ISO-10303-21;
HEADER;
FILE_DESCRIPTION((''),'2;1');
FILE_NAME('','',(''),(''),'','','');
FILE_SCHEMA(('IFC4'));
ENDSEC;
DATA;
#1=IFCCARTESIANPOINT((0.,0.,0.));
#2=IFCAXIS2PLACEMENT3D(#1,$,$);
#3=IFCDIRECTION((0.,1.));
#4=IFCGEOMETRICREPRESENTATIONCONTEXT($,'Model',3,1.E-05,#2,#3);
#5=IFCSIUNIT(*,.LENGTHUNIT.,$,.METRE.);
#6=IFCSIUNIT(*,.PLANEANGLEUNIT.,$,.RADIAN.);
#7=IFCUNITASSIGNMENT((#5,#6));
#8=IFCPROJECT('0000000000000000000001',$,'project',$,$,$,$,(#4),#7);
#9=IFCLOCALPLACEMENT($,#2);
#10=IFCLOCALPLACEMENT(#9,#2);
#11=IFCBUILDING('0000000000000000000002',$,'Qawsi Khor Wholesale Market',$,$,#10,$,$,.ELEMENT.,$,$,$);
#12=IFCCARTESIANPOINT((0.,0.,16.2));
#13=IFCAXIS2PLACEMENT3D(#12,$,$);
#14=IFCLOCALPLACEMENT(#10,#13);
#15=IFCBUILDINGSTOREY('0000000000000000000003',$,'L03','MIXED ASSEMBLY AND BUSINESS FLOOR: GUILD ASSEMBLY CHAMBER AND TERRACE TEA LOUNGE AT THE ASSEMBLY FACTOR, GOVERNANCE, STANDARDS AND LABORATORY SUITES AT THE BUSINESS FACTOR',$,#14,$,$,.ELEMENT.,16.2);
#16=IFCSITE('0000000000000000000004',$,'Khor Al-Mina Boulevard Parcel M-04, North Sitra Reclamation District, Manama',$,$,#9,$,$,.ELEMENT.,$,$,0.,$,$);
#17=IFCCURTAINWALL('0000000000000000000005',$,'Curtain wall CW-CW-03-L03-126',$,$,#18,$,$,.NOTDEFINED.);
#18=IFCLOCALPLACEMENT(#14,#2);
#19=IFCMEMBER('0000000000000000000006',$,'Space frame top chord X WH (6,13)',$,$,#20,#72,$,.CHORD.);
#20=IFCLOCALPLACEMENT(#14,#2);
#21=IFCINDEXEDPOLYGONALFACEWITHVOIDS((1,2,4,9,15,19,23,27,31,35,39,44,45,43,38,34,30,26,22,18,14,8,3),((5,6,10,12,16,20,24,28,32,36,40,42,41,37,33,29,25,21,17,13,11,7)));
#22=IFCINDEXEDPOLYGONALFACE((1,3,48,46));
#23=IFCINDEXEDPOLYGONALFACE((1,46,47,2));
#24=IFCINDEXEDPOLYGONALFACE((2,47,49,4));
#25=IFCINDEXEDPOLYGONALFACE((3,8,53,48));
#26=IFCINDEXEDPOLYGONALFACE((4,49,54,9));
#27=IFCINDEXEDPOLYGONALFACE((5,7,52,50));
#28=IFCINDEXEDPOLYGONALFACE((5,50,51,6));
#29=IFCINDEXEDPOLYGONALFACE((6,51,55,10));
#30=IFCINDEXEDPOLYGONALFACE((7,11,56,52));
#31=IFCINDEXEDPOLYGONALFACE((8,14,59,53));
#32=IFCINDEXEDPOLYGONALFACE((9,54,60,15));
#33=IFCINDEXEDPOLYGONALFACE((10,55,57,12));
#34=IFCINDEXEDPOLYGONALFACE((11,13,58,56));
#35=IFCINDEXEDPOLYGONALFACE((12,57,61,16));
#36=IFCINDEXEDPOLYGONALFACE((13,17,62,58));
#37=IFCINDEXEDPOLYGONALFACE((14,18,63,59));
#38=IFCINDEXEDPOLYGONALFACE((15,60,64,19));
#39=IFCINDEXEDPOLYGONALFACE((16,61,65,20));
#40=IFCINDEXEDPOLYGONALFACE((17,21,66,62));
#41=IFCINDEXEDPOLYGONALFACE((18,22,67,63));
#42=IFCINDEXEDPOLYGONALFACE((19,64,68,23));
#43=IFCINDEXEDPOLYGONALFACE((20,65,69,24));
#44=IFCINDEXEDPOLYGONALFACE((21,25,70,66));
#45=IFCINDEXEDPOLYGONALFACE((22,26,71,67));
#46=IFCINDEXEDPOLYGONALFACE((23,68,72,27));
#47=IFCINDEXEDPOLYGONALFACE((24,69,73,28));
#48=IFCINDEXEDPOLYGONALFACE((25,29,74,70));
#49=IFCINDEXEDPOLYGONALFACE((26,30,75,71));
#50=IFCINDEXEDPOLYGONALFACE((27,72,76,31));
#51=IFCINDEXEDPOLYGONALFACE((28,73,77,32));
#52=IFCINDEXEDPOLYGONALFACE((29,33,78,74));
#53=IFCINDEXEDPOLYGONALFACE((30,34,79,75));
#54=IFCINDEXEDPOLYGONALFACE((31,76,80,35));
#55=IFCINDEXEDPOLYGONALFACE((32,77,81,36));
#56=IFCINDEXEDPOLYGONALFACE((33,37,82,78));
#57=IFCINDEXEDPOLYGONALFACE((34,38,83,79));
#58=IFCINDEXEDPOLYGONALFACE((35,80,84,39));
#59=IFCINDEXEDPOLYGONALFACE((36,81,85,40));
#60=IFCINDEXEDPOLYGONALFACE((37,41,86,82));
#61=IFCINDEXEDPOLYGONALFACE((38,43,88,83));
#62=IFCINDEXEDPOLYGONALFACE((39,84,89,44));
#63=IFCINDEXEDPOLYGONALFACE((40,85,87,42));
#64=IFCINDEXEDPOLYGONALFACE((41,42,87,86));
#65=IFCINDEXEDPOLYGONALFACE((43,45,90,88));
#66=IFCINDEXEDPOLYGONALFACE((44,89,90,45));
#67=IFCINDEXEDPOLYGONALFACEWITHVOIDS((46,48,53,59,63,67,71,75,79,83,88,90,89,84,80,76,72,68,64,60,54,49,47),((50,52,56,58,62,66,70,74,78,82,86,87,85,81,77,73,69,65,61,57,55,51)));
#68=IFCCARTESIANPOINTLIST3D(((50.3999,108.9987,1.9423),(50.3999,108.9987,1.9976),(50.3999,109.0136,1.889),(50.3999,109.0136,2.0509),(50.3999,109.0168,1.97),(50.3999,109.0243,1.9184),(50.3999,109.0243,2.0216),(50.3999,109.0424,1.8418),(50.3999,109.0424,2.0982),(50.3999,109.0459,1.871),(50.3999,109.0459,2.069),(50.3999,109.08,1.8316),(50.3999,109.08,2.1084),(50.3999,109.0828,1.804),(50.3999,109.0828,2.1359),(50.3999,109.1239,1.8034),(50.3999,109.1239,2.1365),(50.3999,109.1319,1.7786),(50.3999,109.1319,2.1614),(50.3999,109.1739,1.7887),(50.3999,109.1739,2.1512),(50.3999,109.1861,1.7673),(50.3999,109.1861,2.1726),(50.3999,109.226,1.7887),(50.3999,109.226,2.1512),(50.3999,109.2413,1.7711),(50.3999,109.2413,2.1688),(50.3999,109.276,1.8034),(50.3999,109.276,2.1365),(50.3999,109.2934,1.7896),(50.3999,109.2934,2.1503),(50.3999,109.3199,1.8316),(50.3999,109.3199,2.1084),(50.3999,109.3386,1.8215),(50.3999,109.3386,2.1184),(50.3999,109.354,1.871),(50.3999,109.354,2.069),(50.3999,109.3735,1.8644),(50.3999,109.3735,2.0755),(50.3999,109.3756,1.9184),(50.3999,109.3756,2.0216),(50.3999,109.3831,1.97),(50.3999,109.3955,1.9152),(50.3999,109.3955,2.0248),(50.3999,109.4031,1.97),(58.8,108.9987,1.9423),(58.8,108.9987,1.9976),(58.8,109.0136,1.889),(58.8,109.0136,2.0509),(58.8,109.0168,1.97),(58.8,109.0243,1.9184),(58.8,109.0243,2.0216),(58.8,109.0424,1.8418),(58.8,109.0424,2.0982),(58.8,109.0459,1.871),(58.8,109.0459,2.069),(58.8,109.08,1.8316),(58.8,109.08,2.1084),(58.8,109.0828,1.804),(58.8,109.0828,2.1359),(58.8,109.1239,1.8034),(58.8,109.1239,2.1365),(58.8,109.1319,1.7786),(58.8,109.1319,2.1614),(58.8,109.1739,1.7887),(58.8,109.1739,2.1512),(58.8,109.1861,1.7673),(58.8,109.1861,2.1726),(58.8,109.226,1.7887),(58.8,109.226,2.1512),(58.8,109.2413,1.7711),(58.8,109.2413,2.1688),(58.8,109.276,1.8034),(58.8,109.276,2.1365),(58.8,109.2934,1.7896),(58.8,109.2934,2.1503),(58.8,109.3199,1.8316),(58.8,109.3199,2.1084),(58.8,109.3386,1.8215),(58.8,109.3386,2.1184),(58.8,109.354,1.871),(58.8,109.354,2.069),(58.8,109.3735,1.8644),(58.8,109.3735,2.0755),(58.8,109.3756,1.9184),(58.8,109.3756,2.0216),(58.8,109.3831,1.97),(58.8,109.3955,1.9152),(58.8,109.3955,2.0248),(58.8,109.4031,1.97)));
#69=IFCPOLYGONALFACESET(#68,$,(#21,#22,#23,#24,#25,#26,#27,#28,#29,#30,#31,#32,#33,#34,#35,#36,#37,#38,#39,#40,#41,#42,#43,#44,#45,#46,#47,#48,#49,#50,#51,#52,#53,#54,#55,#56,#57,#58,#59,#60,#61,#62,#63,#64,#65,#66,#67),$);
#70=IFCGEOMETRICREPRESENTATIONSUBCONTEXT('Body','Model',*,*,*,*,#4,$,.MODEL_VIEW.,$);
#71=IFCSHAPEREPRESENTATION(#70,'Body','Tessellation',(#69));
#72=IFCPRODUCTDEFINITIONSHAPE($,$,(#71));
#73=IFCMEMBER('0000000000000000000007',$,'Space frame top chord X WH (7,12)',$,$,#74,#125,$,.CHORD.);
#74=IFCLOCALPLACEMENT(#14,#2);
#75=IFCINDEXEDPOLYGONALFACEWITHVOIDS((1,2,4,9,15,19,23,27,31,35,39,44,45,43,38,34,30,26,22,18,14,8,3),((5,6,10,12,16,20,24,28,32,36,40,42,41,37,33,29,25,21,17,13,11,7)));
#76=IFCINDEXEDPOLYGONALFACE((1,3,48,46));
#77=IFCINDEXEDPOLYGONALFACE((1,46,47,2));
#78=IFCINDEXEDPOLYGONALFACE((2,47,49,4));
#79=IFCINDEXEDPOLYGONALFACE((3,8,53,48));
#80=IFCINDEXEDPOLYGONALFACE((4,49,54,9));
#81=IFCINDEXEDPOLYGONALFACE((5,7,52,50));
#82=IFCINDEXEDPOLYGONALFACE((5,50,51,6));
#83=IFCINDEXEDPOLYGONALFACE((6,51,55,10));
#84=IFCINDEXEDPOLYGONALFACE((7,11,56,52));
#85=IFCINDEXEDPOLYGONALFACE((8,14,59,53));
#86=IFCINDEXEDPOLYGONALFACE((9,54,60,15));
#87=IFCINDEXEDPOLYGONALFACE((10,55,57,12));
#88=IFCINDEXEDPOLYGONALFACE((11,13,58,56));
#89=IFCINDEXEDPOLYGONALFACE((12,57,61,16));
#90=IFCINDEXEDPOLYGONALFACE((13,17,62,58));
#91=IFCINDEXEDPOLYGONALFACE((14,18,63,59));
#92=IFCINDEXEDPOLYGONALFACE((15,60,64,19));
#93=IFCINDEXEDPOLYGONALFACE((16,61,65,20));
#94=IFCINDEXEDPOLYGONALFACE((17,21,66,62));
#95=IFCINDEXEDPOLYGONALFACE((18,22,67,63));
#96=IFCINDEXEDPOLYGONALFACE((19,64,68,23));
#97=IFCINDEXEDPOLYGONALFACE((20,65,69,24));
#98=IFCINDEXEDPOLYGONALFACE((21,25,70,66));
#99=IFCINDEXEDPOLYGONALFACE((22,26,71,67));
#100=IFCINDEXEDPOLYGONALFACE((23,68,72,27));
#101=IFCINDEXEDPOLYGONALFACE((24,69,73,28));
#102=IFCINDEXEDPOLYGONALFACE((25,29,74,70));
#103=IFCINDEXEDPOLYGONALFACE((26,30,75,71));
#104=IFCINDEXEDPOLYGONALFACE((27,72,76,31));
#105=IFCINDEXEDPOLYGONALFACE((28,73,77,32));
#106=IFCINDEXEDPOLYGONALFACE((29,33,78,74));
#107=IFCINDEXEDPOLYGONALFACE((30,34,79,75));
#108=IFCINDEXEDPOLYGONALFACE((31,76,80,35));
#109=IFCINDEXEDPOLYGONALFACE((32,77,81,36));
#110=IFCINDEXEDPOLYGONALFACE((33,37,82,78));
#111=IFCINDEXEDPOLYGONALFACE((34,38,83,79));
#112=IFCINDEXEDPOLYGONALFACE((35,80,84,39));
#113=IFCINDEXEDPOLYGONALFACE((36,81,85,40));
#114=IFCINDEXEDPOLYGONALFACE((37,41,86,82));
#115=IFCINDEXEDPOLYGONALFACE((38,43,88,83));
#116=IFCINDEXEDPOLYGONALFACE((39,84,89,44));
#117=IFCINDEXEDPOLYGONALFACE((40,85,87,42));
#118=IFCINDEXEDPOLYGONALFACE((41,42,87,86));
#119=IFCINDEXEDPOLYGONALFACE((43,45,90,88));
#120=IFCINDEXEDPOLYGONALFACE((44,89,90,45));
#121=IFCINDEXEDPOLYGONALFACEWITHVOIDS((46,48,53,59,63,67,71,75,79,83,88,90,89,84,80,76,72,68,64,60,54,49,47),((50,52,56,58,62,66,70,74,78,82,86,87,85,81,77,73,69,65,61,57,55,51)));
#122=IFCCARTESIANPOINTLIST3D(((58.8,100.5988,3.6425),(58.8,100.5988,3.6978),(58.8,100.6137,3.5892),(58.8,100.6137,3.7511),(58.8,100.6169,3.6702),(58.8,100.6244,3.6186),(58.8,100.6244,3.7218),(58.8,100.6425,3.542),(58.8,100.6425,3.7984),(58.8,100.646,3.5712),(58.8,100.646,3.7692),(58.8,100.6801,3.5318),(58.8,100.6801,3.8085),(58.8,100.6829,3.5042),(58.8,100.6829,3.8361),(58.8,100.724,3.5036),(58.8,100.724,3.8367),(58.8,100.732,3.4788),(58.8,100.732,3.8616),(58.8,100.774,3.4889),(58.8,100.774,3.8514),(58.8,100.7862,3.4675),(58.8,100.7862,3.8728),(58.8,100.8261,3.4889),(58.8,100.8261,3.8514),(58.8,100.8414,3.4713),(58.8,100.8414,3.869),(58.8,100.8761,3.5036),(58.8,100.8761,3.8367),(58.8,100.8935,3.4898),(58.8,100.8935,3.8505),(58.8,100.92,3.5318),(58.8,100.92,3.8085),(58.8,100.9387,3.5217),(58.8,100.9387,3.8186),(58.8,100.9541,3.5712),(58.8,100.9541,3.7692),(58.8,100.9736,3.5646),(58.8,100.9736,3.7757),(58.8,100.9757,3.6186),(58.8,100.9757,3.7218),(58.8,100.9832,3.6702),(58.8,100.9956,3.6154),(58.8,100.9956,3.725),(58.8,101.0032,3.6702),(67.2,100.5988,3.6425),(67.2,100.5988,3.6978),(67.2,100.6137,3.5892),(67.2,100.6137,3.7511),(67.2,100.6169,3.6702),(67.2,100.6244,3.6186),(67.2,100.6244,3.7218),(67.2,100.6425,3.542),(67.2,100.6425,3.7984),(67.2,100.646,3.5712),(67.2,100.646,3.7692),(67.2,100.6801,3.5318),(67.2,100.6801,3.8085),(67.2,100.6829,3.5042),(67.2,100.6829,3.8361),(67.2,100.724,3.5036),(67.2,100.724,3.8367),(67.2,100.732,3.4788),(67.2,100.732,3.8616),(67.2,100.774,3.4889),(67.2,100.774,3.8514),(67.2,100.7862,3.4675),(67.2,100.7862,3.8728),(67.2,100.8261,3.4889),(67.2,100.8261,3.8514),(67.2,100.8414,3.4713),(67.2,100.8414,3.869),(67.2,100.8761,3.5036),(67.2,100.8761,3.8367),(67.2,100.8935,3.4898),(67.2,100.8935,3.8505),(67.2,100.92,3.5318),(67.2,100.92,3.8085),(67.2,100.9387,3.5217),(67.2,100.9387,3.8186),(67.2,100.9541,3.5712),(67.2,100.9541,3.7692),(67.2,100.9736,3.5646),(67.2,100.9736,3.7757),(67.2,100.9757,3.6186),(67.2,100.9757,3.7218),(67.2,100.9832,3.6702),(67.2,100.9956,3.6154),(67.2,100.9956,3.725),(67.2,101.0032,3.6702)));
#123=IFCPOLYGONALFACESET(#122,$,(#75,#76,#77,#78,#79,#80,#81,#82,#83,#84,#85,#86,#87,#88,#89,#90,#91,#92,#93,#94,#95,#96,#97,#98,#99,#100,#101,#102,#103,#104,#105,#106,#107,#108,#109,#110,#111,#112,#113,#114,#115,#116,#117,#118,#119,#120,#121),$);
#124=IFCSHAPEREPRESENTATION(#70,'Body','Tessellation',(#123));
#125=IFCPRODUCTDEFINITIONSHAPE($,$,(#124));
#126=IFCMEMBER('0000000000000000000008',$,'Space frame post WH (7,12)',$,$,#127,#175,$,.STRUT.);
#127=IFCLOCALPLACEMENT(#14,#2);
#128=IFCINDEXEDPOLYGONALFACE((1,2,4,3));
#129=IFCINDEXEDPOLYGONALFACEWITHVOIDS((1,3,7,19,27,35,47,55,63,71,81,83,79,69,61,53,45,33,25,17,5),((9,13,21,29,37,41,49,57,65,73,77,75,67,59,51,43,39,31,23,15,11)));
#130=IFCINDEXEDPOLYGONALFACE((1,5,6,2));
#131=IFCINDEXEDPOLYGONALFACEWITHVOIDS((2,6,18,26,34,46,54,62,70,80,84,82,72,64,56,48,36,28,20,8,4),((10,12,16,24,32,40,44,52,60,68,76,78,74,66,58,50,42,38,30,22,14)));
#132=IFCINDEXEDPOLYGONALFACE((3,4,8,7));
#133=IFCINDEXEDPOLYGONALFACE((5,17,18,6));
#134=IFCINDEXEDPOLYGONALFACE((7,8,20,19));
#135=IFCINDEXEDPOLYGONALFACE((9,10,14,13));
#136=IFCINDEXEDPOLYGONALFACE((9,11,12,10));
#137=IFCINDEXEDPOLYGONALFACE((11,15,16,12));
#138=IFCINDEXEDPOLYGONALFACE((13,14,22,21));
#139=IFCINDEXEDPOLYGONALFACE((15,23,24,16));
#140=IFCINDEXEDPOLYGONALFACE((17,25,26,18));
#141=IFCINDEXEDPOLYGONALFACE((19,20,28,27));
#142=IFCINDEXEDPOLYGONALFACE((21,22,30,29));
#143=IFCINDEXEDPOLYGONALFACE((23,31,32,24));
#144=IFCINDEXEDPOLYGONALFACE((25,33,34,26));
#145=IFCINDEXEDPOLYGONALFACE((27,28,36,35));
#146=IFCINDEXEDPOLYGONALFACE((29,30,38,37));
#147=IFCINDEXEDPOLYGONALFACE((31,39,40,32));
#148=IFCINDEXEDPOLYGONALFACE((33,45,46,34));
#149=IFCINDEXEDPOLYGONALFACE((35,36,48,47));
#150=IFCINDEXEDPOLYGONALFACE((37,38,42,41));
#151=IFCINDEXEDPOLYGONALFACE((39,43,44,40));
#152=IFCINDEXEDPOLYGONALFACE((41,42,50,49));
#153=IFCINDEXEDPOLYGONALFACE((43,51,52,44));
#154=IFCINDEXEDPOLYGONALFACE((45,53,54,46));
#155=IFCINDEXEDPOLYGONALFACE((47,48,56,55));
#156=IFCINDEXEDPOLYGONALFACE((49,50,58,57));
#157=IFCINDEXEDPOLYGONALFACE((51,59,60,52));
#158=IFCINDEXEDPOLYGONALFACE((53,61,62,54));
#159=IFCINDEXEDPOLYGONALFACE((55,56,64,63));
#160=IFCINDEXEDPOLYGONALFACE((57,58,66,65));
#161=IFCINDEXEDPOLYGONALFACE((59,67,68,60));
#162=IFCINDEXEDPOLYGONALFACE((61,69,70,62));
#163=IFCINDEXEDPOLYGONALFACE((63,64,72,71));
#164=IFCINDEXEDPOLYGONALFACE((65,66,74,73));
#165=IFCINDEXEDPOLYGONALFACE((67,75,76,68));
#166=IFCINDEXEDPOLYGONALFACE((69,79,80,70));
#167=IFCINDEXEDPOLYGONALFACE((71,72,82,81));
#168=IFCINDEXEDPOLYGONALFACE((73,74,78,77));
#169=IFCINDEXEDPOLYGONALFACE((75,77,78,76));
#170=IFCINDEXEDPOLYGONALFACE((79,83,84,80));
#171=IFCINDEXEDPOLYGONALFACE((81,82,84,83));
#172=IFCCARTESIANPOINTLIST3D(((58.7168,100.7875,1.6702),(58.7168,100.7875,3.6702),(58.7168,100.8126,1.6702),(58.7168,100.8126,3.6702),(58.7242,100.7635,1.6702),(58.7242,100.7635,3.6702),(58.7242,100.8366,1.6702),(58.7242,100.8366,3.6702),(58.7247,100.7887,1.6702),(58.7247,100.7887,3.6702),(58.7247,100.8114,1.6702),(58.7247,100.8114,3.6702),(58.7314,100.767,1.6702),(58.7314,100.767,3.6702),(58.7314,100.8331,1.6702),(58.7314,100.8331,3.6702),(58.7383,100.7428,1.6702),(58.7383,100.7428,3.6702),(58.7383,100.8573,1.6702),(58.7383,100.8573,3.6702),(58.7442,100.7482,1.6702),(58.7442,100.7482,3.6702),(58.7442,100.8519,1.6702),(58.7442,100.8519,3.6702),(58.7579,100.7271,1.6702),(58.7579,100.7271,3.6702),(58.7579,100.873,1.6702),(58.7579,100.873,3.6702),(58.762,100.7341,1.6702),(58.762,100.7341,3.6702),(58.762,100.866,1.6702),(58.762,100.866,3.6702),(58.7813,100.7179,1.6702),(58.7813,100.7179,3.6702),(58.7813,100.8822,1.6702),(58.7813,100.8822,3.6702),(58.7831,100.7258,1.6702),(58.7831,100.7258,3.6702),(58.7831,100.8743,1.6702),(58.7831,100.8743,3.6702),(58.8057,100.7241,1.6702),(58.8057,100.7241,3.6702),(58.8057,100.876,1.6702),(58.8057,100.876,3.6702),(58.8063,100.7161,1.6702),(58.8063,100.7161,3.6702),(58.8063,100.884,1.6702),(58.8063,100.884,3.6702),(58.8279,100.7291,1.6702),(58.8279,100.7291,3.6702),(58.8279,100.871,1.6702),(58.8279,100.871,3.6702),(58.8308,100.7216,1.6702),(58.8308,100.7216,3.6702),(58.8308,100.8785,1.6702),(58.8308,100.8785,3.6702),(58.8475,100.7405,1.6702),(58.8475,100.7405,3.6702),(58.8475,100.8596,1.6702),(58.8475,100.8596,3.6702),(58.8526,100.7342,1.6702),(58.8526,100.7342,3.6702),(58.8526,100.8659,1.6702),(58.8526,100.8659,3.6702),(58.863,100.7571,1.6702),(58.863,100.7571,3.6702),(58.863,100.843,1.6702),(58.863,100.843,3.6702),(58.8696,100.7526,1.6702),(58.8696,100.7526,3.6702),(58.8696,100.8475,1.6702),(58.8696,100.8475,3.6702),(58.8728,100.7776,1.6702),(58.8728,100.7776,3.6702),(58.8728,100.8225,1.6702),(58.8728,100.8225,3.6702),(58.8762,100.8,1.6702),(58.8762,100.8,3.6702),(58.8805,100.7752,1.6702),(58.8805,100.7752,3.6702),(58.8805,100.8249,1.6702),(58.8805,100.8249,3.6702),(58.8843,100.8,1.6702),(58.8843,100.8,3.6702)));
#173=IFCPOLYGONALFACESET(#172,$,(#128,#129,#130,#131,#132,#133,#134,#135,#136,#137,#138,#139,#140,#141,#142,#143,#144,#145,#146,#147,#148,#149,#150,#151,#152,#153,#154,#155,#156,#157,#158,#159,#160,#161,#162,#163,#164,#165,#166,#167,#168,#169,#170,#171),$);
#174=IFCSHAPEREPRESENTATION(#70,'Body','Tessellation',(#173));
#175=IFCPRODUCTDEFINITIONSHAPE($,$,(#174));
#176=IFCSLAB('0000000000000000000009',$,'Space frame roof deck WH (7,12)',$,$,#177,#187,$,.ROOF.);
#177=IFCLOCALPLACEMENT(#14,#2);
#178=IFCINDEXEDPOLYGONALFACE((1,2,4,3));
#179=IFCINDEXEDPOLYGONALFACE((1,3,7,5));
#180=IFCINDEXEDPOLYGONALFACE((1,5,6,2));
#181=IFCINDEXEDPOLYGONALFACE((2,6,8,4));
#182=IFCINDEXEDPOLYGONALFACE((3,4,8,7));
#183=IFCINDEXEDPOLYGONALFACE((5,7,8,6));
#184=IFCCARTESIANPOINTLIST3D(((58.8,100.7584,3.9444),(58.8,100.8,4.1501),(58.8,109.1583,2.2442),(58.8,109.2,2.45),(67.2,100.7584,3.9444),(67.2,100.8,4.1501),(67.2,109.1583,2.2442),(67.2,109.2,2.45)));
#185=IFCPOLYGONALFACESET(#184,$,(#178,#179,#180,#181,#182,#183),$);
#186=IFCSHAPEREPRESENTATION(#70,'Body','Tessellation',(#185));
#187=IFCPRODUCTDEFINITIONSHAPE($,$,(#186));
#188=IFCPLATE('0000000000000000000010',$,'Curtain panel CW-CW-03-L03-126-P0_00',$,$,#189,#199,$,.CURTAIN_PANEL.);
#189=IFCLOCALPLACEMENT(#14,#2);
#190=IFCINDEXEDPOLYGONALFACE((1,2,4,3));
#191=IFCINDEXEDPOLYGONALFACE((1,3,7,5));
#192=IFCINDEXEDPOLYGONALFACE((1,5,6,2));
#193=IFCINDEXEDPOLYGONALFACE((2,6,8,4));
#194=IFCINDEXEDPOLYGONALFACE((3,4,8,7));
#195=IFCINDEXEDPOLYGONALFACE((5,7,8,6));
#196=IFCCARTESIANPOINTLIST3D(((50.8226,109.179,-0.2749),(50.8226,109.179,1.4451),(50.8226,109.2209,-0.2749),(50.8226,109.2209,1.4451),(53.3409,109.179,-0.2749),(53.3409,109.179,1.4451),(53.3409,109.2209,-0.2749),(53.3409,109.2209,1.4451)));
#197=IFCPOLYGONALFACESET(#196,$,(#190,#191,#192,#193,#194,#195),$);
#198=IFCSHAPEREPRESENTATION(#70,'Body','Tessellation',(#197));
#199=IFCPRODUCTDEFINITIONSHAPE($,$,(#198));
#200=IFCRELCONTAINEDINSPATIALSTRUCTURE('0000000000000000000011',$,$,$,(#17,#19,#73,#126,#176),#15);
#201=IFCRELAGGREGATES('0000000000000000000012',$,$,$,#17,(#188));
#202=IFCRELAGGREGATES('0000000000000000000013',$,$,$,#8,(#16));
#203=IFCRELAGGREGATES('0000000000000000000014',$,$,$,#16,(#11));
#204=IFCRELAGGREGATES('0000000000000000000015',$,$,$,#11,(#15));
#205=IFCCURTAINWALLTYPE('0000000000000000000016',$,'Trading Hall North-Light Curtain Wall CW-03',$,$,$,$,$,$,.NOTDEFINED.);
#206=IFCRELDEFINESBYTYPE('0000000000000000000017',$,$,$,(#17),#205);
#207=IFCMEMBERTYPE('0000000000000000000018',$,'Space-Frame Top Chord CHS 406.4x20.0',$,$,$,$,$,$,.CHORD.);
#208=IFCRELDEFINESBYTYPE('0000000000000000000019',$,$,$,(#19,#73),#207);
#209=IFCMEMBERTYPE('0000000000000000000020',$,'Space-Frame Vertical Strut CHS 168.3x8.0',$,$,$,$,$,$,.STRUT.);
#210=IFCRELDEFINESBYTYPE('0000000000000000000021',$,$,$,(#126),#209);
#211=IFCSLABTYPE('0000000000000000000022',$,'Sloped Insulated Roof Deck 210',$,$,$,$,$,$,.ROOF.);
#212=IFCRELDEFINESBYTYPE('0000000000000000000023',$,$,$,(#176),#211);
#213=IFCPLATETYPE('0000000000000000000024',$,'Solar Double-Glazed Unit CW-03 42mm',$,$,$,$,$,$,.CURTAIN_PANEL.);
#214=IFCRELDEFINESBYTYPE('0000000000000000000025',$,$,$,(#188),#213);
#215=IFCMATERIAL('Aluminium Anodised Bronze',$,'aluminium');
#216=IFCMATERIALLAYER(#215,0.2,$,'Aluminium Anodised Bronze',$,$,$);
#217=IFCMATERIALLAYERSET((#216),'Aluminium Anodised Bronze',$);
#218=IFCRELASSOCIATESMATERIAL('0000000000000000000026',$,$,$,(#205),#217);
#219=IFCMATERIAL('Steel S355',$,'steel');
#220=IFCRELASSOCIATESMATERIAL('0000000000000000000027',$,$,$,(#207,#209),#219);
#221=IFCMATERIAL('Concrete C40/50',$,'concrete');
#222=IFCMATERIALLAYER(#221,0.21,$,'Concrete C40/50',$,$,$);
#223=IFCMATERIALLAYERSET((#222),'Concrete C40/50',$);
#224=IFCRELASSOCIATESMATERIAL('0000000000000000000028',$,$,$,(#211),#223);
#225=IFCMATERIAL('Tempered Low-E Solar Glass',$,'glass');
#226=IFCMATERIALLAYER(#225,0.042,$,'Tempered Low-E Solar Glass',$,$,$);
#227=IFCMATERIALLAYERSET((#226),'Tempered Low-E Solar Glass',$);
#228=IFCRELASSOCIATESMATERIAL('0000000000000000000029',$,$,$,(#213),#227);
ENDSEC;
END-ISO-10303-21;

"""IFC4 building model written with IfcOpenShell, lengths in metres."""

from ifc_helpers import new_model, si_unit, direction, frame, frame_2d, origin, origin_2d, place, context, subcontext, project, spatial, polyline, rectangle, hollow_circle, outline, extrude, material, layer, layer_set, material_profile, profile_set, type_object, element, aggregate, save


model = new_model("IFC4")

# Units and contexts
model_context = context("Model", 3, precision=1e-05, world=origin(), true_north=direction((0.0, 1.0)))
body_context = subcontext(model_context, "Body", "Model", "MODEL_VIEW")
ifc_project = project(units=[si_unit("LENGTHUNIT", "METRE"), si_unit("PLANEANGLEUNIT", "RADIAN")], contexts=[model_context])

# Site, building, storey
site_placement = place(None, origin())
site = spatial("IfcSite", under=ifc_project, at=site_placement, Name="Khor Al-Mina Boulevard Parcel M-04, North Sitra Reclamation District, Manama", CompositionType="ELEMENT", RefElevation=0.0)
building_placement = place(site_placement, origin())
building = spatial("IfcBuilding", under=site, at=building_placement, Name="Qawsi Khor Wholesale Market", CompositionType="ELEMENT")
storey_placement = place(building_placement, frame((0.0, 0.0, 16.2)))
storey = spatial("IfcBuildingStorey", under=building, at=storey_placement, Name="L03", Description="MIXED ASSEMBLY AND BUSINESS FLOOR: GUILD ASSEMBLY CHAMBER AND TERRACE TEA LOUNGE AT THE ASSEMBLY FACTOR, GOVERNANCE, STANDARDS AND LABORATORY SUITES AT THE BUSINESS FACTOR", CompositionType="ELEMENT", Elevation=16.2)

# Curtain wall
ifc_material_1 = material(Name="Aluminium Anodised Bronze", Category="aluminium")
ifc_layer_1 = layer(ifc_material_1, 0.2, Name="Aluminium Anodised Bronze")
ifc_layer_set_1 = layer_set([ifc_layer_1], Name="Aluminium Anodised Bronze")
curtain_wall_type = type_object("IfcCurtainWallType", Name="Trading Hall North-Light Curtain Wall CW-03", PredefinedType="NOTDEFINED", material=ifc_layer_set_1)
curtain_wall_placement = place(storey_placement, origin())
curtain_wall = element("IfcCurtainWall", 1, at=curtain_wall_placement, inside=storey, type_object=curtain_wall_type, Name="Curtain wall CW-CW-03-L03-126", PredefinedType="NOTDEFINED")

# Members
ifc_material_2 = material(Name="Steel S355", Category="steel")
ifc_material_profile_1 = material_profile(ifc_material_2, hollow_circle(Radius=0.2031, WallThickness=0.02, at=origin_2d()), Name="CHS 406.4x20.0")
ifc_profile_set_1 = profile_set([ifc_material_profile_1], Name="Steel S355")
member_type_1 = type_object("IfcMemberType", Name="Space-Frame Top Chord CHS 406.4x20.0", PredefinedType="CHORD", material=ifc_profile_set_1)
member_1_placement = place(storey_placement, frame((50.3999, 109.2, 1.97), z_axis=(1.0, 0.0, 0.0), x_axis=(0.0, 1.0, 0.0)))
element("IfcMember", 2, at=member_1_placement, inside=storey, type_object=member_type_1, Name="Space frame top chord X WH (6,13)", PredefinedType="CHORD", context=body_context, shape_type="SweptSolid", body=[
    extrude(hollow_circle(Radius=0.2031, WallThickness=0.02, at=origin_2d()), origin(), (0.0, 0.0, 1.0), 8.4001),
])
member_2_placement = place(storey_placement, frame((58.8, 100.8, 3.6702), z_axis=(1.0, 0.0, 0.0), x_axis=(0.0, 1.0, 0.0)))
element("IfcMember", 3, at=member_2_placement, inside=storey, type_object=member_type_1, Name="Space frame top chord X WH (7,12)", PredefinedType="CHORD", context=body_context, shape_type="SweptSolid", body=[
    extrude(hollow_circle(Radius=0.2031, WallThickness=0.02, at=origin_2d()), origin(), (0.0, 0.0, 1.0), 8.3999),
])
ifc_material_profile_2 = material_profile(ifc_material_2, hollow_circle(Radius=0.0842, WallThickness=0.0081, at=origin_2d()), Name="CHS 168.3x8.0")
ifc_profile_set_2 = profile_set([ifc_material_profile_2], Name="Steel S355")
member_type_2 = type_object("IfcMemberType", Name="Space-Frame Vertical Strut CHS 168.3x8.0", PredefinedType="STRUT", material=ifc_profile_set_2)
member_3_placement = place(storey_placement, frame((58.8, 100.8, 1.6702), z_axis=(0.0, 0.0, 1.0), x_axis=(1.0, 0.0, 0.0)))
element("IfcMember", 4, at=member_3_placement, inside=storey, type_object=member_type_2, Name="Space frame post WH (7,12)", PredefinedType="STRUT", context=body_context, shape_type="SweptSolid", body=[
    extrude(hollow_circle(Radius=0.0842, WallThickness=0.0081, at=origin_2d()), origin(), (0.0, 0.0, 1.0), 2.0),
])

# Slab
ifc_material_3 = material(Name="Concrete C40/50", Category="concrete")
ifc_layer_2 = layer(ifc_material_3, 0.21, Name="Concrete C40/50")
ifc_layer_set_2 = layer_set([ifc_layer_2], Name="Concrete C40/50")
slab_type = type_object("IfcSlabType", Name="Sloped Insulated Roof Deck 210", PredefinedType="ROOF", material=ifc_layer_set_2)
slab_placement = place(storey_placement, frame((58.8, 100.8, 4.1501), z_axis=(0.0, 0.198384, 0.980124), x_axis=(1.0, 0.0, 0.0)))
element("IfcSlab", 5, at=slab_placement, inside=storey, type_object=slab_type, Name="Space frame roof deck WH (7,12)", PredefinedType="ROOF", context=body_context, shape_type="SweptSolid", body=[
    extrude(outline(polyline([(0.0, 0.0), (8.3999, 0.0), (8.3999, 8.5702), (0.0, 8.5702), (0.0, 0.0)])), origin(), (0.0, 0.0, -1.0), 0.21),
])

# Plate
ifc_material_4 = material(Name="Tempered Low-E Solar Glass", Category="glass")
ifc_layer_3 = layer(ifc_material_4, 0.042, Name="Tempered Low-E Solar Glass")
ifc_layer_set_3 = layer_set([ifc_layer_3], Name="Tempered Low-E Solar Glass")
plate_type = type_object("IfcPlateType", Name="Solar Double-Glazed Unit CW-03 42mm", PredefinedType="CURTAIN_PANEL", material=ifc_layer_set_3)
plate_1_placement = place(storey_placement, frame((50.8225, 109.2, -0.2749), z_axis=(0.0, 0.0, 1.0), x_axis=(1.0, 0.0, 0.0)))
plate_1 = element("IfcPlate", 6, at=plate_1_placement, type_object=plate_type, Name="Curtain panel CW-CW-03-L03-126-P0_00", PredefinedType="CURTAIN_PANEL", context=body_context, shape_type="SweptSolid", body=[
    extrude(rectangle(XDim=2.5183, YDim=0.042, at=frame_2d((1.2593, 0.0))), origin(), (0.0, 0.0, 1.0), 1.72),
])
aggregate(curtain_wall, [plate_1])

save(model, "model.ifc")
